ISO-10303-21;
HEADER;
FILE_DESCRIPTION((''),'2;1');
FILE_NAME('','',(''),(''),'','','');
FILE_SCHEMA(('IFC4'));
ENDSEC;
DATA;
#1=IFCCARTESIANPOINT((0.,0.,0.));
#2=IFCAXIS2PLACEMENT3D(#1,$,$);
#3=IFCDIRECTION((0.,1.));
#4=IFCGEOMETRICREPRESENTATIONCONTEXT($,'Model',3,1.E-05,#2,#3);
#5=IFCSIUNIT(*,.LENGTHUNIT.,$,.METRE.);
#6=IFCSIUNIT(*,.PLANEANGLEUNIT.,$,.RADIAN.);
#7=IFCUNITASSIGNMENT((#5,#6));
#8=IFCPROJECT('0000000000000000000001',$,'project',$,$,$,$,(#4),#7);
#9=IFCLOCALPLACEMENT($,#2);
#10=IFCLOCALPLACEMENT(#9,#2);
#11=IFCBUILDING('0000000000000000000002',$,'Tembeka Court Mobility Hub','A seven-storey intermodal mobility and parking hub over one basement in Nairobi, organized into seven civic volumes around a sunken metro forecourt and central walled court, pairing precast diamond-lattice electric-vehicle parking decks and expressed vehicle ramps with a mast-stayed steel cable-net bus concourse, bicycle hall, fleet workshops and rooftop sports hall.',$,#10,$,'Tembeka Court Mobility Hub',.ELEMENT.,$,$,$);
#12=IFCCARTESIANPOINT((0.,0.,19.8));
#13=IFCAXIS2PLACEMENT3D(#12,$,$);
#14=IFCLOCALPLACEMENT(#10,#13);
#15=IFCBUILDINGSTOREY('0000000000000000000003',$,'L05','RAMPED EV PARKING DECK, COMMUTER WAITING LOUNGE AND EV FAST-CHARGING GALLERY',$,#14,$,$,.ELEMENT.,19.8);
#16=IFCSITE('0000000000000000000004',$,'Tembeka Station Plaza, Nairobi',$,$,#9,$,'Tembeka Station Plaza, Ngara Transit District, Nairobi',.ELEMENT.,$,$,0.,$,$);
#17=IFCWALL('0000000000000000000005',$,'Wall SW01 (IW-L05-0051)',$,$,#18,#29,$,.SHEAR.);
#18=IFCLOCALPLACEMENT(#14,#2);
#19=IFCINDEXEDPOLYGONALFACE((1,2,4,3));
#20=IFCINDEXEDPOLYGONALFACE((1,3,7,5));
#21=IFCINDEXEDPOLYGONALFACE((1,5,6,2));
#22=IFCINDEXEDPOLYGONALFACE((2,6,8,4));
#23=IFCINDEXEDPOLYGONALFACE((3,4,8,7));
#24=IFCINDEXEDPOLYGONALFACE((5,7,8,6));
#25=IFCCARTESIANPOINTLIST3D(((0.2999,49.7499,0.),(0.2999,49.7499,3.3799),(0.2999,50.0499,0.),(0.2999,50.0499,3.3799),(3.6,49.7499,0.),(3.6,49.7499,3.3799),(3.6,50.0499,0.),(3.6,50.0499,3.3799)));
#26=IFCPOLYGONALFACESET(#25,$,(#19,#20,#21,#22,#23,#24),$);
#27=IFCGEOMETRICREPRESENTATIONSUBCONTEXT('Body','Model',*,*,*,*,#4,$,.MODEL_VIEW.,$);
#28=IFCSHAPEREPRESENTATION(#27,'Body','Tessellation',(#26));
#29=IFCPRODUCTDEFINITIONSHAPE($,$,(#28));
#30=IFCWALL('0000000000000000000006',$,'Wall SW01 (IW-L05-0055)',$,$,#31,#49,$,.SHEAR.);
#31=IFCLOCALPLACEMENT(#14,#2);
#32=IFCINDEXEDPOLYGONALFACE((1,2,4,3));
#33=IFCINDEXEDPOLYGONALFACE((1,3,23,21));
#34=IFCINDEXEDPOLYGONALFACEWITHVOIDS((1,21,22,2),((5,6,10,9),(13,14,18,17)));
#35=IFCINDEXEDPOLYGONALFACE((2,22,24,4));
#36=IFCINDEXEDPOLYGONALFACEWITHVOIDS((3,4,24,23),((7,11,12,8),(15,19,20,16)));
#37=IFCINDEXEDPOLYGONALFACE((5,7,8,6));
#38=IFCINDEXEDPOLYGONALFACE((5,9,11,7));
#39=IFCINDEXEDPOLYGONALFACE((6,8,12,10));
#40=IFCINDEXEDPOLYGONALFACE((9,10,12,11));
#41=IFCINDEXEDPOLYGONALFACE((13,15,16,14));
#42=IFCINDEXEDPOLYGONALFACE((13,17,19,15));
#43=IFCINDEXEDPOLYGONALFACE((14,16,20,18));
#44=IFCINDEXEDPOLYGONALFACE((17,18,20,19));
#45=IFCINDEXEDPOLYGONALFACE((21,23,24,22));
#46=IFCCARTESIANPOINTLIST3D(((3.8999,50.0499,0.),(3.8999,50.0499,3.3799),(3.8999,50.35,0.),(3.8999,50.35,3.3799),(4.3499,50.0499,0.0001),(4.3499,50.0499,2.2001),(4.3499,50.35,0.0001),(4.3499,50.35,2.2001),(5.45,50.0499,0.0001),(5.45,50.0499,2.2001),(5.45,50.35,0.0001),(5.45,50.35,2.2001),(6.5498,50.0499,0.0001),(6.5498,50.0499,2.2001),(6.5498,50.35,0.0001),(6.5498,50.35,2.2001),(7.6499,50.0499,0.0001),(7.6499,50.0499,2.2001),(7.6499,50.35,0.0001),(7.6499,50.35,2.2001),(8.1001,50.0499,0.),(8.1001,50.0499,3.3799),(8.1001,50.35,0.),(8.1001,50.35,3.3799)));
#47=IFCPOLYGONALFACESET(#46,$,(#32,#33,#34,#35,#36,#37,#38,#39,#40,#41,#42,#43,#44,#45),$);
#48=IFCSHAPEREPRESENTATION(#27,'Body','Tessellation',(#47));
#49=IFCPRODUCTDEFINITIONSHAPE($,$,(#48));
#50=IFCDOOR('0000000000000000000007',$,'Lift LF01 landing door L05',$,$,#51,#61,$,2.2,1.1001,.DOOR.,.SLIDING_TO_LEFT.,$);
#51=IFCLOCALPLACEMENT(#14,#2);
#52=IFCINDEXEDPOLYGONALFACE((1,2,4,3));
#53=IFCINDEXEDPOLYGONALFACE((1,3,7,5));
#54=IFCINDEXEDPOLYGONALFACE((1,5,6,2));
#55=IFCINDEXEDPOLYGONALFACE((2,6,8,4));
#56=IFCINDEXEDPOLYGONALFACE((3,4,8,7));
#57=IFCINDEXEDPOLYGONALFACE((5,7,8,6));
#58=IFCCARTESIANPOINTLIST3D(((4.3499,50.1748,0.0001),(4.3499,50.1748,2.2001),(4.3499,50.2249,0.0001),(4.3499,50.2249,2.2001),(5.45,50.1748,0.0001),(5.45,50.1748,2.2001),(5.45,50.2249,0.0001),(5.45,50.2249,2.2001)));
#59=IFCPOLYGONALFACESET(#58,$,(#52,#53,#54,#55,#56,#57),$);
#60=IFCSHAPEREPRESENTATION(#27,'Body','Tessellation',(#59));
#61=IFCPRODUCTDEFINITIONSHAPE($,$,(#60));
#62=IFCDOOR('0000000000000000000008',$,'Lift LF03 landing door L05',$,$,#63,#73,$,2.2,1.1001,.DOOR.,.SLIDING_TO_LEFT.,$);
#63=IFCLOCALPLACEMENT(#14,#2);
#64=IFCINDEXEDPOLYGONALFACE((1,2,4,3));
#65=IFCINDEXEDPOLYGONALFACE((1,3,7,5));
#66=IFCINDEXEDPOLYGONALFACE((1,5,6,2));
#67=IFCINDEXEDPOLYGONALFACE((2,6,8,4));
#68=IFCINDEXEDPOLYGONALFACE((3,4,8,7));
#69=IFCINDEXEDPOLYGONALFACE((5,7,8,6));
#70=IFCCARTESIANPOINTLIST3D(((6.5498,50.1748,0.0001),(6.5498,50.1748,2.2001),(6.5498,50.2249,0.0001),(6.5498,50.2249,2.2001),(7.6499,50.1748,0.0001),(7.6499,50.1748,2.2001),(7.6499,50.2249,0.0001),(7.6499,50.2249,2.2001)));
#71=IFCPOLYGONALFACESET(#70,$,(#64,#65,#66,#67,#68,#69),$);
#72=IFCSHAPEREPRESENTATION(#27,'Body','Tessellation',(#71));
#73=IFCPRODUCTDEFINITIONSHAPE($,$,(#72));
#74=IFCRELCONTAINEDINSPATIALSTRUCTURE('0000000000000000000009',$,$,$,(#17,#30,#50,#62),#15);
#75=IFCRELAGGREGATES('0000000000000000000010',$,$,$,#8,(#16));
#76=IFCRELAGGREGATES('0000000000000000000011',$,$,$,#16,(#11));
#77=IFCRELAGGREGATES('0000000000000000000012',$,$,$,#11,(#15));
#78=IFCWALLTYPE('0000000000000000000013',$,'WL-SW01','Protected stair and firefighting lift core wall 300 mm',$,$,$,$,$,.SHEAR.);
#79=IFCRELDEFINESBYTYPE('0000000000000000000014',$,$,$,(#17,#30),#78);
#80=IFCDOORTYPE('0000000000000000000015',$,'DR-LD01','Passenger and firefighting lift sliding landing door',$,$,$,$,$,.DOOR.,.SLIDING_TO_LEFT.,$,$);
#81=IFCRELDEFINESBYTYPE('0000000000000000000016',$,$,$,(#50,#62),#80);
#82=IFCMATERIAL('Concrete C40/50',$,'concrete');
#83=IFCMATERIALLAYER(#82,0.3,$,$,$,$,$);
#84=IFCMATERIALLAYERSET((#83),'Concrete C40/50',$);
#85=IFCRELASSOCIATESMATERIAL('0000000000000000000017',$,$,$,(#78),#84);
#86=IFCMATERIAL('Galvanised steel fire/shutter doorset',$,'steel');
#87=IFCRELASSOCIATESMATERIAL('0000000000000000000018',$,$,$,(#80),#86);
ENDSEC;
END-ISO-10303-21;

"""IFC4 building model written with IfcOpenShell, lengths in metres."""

from ifc_helpers import new_model, si_unit, direction, frame, frame_2d, origin, place, context, subcontext, project, spatial, rectangle, extrude, material, layer, layer_set, type_object, element, fill, save


model = new_model("IFC4")

# Units and contexts
model_context = context("Model", 3, precision=1e-05, world=origin(), true_north=direction((0.0, 1.0)))
body_context = subcontext(model_context, "Body", "Model", "MODEL_VIEW")
ifc_project = project(units=[si_unit("LENGTHUNIT", "METRE"), si_unit("PLANEANGLEUNIT", "RADIAN")], contexts=[model_context])

# Site, building, storey
site_placement = place(None, origin())
site = spatial("IfcSite", under=ifc_project, at=site_placement, Name="Tembeka Station Plaza, Nairobi", LongName="Tembeka Station Plaza, Ngara Transit District, Nairobi", CompositionType="ELEMENT", RefElevation=0.0)
building_placement = place(site_placement, origin())
building = spatial("IfcBuilding", under=site, at=building_placement, Name="Tembeka Court Mobility Hub", Description="A seven-storey intermodal mobility and parking hub over one basement in Nairobi, organized into seven civic volumes around a sunken metro forecourt and central walled court, pairing precast diamond-lattice electric-vehicle parking decks and expressed vehicle ramps with a mast-stayed steel cable-net bus concourse, bicycle hall, fleet workshops and rooftop sports hall.", LongName="Tembeka Court Mobility Hub", CompositionType="ELEMENT")
storey_placement = place(building_placement, frame((0.0, 0.0, 19.8)))
storey = spatial("IfcBuildingStorey", under=building, at=storey_placement, Name="L05", Description="RAMPED EV PARKING DECK, COMMUTER WAITING LOUNGE AND EV FAST-CHARGING GALLERY", CompositionType="ELEMENT", Elevation=19.8)

# Wall
ifc_material_1 = material(Name="Concrete C40/50", Category="concrete")
ifc_layer_1 = layer(ifc_material_1, 0.3)
ifc_layer_set_1 = layer_set([ifc_layer_1], Name="Concrete C40/50")
wall_type_1 = type_object("IfcWallType", Name="WL-SW01", Description="Protected stair and firefighting lift core wall 300 mm", PredefinedType="SHEAR", material=ifc_layer_set_1)
wall_1_placement = place(storey_placement, frame((0.3, 49.8999, 0.0), z_axis=(0.0, 0.0, 1.0), x_axis=(1.0, 0.0, 0.0)))
element("IfcWall", 1, at=wall_1_placement, inside=storey, type_object=wall_type_1, Name="Wall SW01 (IW-L05-0051)", PredefinedType="SHEAR", context=body_context, shape_type="SweptSolid", body=[
    extrude(rectangle(XDim=3.3, YDim=0.3, at=frame_2d((1.6499, 0.0))), origin(), (0.0, 0.0, 1.0), 3.3799),
])

# Wall, openings, doors
wall_2_placement = place(storey_placement, frame((3.8999, 50.2, 0.0), z_axis=(0.0, 0.0, 1.0), x_axis=(1.0, 0.0, 0.0)))
wall_2 = element("IfcWall", 2, at=wall_2_placement, inside=storey, type_object=wall_type_1, Name="Wall SW01 (IW-L05-0055)", PredefinedType="SHEAR", context=body_context, shape_type="SweptSolid", body=[
    extrude(rectangle(XDim=4.2002, YDim=0.3, at=frame_2d((2.1001, 0.0))), origin(), (0.0, 0.0, 1.0), 3.3799),
])
opening_1_placement = place(wall_2_placement, frame((0.45, 0.0, 0.0)))
opening_1 = element("IfcOpeningElement", 3, at=opening_1_placement, cuts=wall_2, PredefinedType="OPENING", context=body_context, shape_type="SweptSolid", body=[
    extrude(rectangle(XDim=1.1001, YDim=2.2, at=frame_2d((0.55, 1.1001))), frame((0.0, 0.1602, 0.0), z_axis=(0.0, -1.0, 0.0), x_axis=(1.0, 0.0, 0.0)), (0.0, 0.0, 1.0), 0.3201),
])
opening_2_placement = place(wall_2_placement, frame((2.6499, 0.0, 0.0)))
opening_2 = element("IfcOpeningElement", 4, at=opening_2_placement, cuts=wall_2, PredefinedType="OPENING", context=body_context, shape_type="SweptSolid", body=[
    extrude(rectangle(XDim=1.1001, YDim=2.2, at=frame_2d((0.55, 1.1001))), frame((0.0, 0.1602, 0.0), z_axis=(0.0, -1.0, 0.0), x_axis=(1.0, 0.0, 0.0)), (0.0, 0.0, 1.0), 0.3201),
])
ifc_material_2 = material(Name="Galvanised steel fire/shutter doorset", Category="steel")
door_type = type_object("IfcDoorType", Name="DR-LD01", Description="Passenger and firefighting lift sliding landing door", OperationType="SLIDING_TO_LEFT", PredefinedType="DOOR", material=ifc_material_2)
door_1_placement = place(opening_1_placement, origin())
door_1 = element("IfcDoor", 5, at=door_1_placement, inside=storey, type_object=door_type, Name="Lift LF01 landing door L05", OperationType="SLIDING_TO_LEFT", OverallHeight=2.2, OverallWidth=1.1001, PredefinedType="DOOR", context=body_context, shape_type="SweptSolid", body=[
    extrude(rectangle(XDim=1.1001, YDim=2.2, at=frame_2d((0.55, 1.1001))), frame((0.0, 0.0249, 0.0), z_axis=(0.0, -1.0, 0.0), x_axis=(1.0, 0.0, 0.0)), (0.0, 0.0, 1.0), 0.05),
])
fill(opening_1, door_1)
door_2_placement = place(opening_2_placement, origin())
door_2 = element("IfcDoor", 6, at=door_2_placement, inside=storey, type_object=door_type, Name="Lift LF03 landing door L05", OperationType="SLIDING_TO_LEFT", OverallHeight=2.2, OverallWidth=1.1001, PredefinedType="DOOR", context=body_context, shape_type="SweptSolid", body=[
    extrude(rectangle(XDim=1.1001, YDim=2.2, at=frame_2d((0.55, 1.1001))), frame((0.0, 0.0249, 0.0), z_axis=(0.0, -1.0, 0.0), x_axis=(1.0, 0.0, 0.0)), (0.0, 0.0, 1.0), 0.05),
])
fill(opening_2, door_2)

save(model, "model.ifc")
